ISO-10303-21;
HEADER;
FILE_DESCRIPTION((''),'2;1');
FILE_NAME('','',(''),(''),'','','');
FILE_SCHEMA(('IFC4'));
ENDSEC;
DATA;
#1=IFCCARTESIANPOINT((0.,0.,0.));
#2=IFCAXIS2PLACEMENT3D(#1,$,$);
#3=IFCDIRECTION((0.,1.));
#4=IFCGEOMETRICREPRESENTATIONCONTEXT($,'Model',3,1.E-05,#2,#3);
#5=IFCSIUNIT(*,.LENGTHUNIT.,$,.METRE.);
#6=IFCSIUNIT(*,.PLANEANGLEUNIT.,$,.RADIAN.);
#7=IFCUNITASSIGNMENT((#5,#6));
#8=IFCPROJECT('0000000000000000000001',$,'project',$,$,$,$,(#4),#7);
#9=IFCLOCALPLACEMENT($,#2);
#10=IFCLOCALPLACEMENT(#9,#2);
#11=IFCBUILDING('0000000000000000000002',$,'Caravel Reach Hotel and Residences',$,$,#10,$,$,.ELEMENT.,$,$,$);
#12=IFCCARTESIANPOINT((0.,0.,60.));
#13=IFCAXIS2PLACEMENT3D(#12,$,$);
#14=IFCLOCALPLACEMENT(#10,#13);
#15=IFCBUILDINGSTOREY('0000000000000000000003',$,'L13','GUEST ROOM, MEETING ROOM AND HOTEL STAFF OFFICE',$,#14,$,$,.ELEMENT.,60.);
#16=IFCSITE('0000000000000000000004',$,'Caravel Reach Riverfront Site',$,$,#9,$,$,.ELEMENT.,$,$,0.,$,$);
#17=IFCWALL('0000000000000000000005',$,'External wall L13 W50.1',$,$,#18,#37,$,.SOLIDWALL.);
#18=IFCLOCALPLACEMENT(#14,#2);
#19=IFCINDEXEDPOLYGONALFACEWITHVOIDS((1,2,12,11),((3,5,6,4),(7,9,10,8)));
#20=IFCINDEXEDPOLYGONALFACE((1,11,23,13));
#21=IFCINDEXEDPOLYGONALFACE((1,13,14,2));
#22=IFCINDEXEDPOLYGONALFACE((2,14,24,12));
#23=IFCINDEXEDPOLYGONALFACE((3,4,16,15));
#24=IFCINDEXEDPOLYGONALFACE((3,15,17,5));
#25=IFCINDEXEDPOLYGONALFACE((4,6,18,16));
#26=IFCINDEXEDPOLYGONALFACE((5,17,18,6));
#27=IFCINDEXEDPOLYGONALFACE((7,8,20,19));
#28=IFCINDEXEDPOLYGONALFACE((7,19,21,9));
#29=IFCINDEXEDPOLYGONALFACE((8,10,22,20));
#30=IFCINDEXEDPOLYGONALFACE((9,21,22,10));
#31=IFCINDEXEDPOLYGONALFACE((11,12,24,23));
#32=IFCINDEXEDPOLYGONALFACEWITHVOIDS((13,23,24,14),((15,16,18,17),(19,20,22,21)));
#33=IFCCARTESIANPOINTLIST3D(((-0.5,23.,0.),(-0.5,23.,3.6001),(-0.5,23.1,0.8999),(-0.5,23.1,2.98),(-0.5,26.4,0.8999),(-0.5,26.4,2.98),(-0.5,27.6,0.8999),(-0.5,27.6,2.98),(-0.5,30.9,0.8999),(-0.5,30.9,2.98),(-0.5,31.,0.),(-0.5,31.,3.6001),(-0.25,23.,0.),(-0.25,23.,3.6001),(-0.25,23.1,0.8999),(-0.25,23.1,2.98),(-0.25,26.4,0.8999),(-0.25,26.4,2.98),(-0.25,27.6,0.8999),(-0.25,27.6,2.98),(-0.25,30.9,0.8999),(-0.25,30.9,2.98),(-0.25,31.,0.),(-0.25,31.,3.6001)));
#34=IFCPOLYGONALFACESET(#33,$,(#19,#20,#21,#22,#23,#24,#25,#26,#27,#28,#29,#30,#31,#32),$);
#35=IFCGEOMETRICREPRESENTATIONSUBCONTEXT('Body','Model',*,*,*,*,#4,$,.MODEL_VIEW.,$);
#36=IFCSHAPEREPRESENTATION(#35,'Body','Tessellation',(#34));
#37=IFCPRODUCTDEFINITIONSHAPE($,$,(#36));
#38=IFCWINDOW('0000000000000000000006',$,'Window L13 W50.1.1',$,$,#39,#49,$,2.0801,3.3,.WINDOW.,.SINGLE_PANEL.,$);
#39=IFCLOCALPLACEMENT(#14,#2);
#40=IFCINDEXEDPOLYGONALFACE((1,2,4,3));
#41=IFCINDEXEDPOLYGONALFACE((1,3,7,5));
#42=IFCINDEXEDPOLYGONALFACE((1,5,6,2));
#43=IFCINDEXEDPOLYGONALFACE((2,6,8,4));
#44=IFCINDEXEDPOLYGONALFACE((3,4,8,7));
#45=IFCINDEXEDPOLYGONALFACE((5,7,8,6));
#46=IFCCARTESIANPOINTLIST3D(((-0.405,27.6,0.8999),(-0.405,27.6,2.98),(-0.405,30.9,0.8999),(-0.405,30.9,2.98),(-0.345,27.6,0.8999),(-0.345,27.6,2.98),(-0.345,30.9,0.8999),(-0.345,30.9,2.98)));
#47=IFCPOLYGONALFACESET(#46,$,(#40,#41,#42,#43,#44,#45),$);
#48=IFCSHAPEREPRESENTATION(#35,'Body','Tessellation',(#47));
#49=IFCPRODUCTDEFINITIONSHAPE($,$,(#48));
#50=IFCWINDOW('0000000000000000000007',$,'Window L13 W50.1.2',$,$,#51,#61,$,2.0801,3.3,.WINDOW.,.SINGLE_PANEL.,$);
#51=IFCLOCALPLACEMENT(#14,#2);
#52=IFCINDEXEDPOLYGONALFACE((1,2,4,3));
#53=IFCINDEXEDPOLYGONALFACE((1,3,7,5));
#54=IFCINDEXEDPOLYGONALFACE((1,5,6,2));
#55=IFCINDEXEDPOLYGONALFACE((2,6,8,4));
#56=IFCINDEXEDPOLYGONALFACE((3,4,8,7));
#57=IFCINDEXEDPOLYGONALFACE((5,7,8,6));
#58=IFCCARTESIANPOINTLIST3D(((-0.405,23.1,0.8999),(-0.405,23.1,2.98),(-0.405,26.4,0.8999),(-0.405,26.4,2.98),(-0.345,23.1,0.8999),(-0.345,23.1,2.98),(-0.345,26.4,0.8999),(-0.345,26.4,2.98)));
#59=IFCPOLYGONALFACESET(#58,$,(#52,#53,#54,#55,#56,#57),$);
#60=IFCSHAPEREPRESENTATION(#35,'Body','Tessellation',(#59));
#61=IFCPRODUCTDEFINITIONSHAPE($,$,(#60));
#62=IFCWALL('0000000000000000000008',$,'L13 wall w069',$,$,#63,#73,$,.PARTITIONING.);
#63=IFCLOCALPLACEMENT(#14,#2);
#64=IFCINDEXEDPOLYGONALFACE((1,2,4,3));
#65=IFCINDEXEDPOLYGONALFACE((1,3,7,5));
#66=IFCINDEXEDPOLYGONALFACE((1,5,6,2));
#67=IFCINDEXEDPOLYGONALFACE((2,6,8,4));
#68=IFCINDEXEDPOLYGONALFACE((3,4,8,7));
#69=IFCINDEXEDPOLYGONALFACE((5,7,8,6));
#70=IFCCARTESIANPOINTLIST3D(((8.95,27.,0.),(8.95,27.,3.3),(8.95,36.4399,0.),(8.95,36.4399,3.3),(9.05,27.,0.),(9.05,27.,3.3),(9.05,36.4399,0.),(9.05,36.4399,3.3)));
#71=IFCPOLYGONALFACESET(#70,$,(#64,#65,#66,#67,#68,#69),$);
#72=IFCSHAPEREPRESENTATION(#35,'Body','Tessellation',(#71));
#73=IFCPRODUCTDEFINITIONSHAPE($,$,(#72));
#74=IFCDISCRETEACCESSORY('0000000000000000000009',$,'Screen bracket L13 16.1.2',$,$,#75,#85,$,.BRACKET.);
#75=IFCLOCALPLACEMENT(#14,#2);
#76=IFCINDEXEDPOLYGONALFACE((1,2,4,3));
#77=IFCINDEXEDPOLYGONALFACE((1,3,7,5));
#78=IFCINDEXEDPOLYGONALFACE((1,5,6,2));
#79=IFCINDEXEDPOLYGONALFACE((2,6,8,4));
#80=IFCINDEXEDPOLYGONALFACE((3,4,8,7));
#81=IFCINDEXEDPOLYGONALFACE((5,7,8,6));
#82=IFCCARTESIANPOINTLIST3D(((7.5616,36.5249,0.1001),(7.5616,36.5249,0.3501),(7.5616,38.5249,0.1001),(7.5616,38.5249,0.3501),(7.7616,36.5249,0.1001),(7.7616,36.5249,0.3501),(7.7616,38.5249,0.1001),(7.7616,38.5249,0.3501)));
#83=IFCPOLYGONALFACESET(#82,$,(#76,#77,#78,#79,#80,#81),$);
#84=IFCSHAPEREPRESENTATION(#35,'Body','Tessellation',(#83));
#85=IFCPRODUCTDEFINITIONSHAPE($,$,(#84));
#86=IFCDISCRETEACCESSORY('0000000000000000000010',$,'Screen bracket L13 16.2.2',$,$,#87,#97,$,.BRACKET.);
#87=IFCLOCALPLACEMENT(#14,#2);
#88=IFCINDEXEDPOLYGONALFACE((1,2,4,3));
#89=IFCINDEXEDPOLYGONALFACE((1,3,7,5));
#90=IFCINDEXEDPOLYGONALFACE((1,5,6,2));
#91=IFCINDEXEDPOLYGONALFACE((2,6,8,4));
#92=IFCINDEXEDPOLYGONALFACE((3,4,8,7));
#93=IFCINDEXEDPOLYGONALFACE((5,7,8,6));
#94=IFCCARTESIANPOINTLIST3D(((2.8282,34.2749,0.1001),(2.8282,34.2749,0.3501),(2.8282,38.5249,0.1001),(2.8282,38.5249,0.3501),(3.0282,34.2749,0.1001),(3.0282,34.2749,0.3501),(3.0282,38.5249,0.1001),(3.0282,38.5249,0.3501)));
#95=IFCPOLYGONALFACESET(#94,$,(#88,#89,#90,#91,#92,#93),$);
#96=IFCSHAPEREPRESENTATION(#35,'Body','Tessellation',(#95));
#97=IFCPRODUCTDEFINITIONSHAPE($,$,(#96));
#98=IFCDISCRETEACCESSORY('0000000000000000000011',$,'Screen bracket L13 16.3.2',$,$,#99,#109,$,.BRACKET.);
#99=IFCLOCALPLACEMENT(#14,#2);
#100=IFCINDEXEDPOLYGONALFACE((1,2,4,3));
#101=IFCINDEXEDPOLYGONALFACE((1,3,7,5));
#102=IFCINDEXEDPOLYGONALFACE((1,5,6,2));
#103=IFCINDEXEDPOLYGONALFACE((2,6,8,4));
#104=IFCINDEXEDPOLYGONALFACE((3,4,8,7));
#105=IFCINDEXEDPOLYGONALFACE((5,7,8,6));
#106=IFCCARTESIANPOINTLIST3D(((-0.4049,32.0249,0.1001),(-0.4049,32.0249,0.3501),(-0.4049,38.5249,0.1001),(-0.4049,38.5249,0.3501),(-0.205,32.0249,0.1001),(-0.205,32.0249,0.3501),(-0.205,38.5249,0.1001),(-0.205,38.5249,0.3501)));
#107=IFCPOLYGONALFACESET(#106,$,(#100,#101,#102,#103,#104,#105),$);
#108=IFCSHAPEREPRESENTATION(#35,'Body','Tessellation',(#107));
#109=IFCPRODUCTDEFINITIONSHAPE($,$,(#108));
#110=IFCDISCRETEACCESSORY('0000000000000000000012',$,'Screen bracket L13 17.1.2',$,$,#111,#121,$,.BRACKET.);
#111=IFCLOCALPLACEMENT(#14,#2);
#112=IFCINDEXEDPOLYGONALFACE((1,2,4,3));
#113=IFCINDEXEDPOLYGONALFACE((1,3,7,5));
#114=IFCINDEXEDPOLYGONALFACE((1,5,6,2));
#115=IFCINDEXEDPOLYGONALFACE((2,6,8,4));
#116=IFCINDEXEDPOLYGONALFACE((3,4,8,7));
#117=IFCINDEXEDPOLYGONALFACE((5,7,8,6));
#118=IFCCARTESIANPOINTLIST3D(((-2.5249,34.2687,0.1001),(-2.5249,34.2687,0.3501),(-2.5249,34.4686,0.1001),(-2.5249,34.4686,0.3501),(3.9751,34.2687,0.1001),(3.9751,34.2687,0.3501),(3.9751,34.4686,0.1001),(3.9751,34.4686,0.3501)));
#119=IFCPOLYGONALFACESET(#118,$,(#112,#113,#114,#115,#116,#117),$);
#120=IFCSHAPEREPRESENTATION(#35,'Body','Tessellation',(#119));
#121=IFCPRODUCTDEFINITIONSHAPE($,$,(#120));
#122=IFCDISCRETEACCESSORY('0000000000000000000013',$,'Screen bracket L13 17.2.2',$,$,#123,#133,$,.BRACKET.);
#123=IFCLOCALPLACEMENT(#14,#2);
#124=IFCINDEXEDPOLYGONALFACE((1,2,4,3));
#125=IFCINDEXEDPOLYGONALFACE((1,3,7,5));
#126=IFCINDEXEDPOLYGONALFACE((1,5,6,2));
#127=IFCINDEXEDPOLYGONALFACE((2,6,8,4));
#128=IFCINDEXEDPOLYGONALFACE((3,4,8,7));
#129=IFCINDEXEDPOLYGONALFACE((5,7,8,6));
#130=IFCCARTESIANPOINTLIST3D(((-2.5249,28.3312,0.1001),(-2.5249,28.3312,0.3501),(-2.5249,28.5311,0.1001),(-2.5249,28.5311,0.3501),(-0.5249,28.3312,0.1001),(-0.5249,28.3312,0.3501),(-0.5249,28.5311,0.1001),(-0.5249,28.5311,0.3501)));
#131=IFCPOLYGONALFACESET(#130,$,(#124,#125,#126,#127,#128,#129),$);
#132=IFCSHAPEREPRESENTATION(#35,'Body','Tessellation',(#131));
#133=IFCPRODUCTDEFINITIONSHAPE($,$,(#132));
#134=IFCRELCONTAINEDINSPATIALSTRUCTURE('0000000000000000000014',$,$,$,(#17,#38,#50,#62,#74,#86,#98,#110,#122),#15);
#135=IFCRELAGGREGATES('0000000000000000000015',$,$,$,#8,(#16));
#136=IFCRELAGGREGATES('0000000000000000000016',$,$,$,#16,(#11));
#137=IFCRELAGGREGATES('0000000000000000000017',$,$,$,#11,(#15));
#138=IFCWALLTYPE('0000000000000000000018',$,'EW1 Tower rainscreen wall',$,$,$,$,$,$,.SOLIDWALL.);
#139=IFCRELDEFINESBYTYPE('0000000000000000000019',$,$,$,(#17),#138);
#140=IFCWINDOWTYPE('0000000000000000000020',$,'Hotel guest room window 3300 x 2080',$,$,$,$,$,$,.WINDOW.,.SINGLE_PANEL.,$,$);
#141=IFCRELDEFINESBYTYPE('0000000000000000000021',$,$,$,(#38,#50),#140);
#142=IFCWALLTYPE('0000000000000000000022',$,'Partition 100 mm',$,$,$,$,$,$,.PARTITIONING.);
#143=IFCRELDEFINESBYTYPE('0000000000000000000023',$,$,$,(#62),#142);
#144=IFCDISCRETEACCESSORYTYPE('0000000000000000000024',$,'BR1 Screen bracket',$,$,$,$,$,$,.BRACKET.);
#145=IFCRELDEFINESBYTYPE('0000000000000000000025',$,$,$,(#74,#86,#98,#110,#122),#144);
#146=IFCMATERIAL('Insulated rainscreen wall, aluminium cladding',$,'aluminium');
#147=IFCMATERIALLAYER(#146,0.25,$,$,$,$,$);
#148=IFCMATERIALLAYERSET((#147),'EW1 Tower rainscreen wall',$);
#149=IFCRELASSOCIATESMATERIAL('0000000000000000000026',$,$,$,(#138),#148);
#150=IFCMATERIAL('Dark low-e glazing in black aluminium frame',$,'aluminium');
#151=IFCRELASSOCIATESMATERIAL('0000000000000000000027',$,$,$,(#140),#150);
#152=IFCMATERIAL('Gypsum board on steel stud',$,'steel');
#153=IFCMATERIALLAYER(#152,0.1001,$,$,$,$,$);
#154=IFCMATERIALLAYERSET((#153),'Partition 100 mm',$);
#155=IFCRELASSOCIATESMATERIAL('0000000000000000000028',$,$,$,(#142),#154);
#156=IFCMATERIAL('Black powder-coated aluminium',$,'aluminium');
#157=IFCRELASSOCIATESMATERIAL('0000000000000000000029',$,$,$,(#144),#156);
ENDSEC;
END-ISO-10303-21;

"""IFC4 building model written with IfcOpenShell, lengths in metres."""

from ifc_helpers import new_model, si_unit, direction, frame, frame_2d, origin, origin_2d, place, context, subcontext, project, spatial, rectangle, extrude, material, layer, layer_set, type_object, element, fill, save


model = new_model("IFC4")

# Units and contexts
model_context = context("Model", 3, precision=1e-05, world=origin(), true_north=direction((0.0, 1.0)))
body_context = subcontext(model_context, "Body", "Model", "MODEL_VIEW")
ifc_project = project(units=[si_unit("LENGTHUNIT", "METRE"), si_unit("PLANEANGLEUNIT", "RADIAN")], contexts=[model_context])

# Site, building, storey
site_placement = place(None, origin())
site = spatial("IfcSite", under=ifc_project, at=site_placement, Name="Caravel Reach Riverfront Site", CompositionType="ELEMENT", RefElevation=0.0)
building_placement = place(site_placement, origin())
building = spatial("IfcBuilding", under=site, at=building_placement, Name="Caravel Reach Hotel and Residences", CompositionType="ELEMENT")
storey_placement = place(building_placement, frame((0.0, 0.0, 60.0)))
storey = spatial("IfcBuildingStorey", under=building, at=storey_placement, Name="L13", Description="GUEST ROOM, MEETING ROOM AND HOTEL STAFF OFFICE", CompositionType="ELEMENT", Elevation=60.0)

# Shared definitions
ifc_material_1 = material(Name="Insulated rainscreen wall, aluminium cladding", Category="aluminium")
ifc_layer_1 = layer(ifc_material_1, 0.25)
ifc_layer_set_1 = layer_set([ifc_layer_1], Name="EW1 Tower rainscreen wall")
wall_type_1 = type_object("IfcWallType", Name="EW1 Tower rainscreen wall", PredefinedType="SOLIDWALL", material=ifc_layer_set_1)

# Wall, openings, windows
wall_1_placement = place(storey_placement, frame((-0.375, 31.0, 0.0), z_axis=(0.0, 0.0, 1.0), x_axis=(0.0, -1.0, 0.0)))
wall_1 = element("IfcWall", 1, at=wall_1_placement, inside=storey, type_object=wall_type_1, Name="External wall L13 W50.1", PredefinedType="SOLIDWALL", context=body_context, shape_type="SweptSolid", body=[
    extrude(rectangle(XDim=8.0, YDim=0.25, at=frame_2d((4.0, 0.0))), origin(), (0.0, 0.0, 1.0), 3.6001),
])
opening_1_placement = place(wall_1_placement, frame((0.1001, 0.0, 0.8999)))
opening_1 = element("IfcOpeningElement", 2, at=opening_1_placement, cuts=wall_1, PredefinedType="OPENING", context=body_context, shape_type="SweptSolid", body=[
    extrude(rectangle(XDim=3.3, YDim=2.0801, at=frame_2d((1.6499, 1.04))), frame((0.0, 0.135, 0.0), z_axis=(0.0, -1.0, 0.0), x_axis=(1.0, 0.0, 0.0)), (0.0, 0.0, 1.0), 0.27),
])
opening_2_placement = place(wall_1_placement, frame((4.6001, 0.0, 0.8999)))
opening_2 = element("IfcOpeningElement", 3, at=opening_2_placement, cuts=wall_1, PredefinedType="OPENING", context=body_context, shape_type="SweptSolid", body=[
    extrude(rectangle(XDim=3.3, YDim=2.0801, at=frame_2d((1.6499, 1.04))), frame((0.0, 0.135, 0.0), z_axis=(0.0, -1.0, 0.0), x_axis=(1.0, 0.0, 0.0)), (0.0, 0.0, 1.0), 0.27),
])
ifc_material_2 = material(Name="Dark low-e glazing in black aluminium frame", Category="aluminium")
window_type_1 = type_object("IfcWindowType", Name="Hotel guest room window 3300 x 2080", PartitioningType="SINGLE_PANEL", PredefinedType="WINDOW", material=ifc_material_2)
window_1_placement = place(opening_1_placement, origin())
window_1 = element("IfcWindow", 4, at=window_1_placement, inside=storey, type_object=window_type_1, Name="Window L13 W50.1.1", OverallHeight=2.0801, OverallWidth=3.3, PartitioningType="SINGLE_PANEL", PredefinedType="WINDOW", context=body_context, shape_type="SweptSolid", body=[
    extrude(rectangle(XDim=3.3, YDim=2.0801, at=frame_2d((1.6499, 1.04))), frame((0.0, 0.03, 0.0), z_axis=(0.0, -1.0, 0.0), x_axis=(1.0, 0.0, 0.0)), (0.0, 0.0, 1.0), 0.0601),
])
fill(opening_1, window_1)
window_2_placement = place(opening_2_placement, origin())
window_2 = element("IfcWindow", 5, at=window_2_placement, inside=storey, type_object=window_type_1, Name="Window L13 W50.1.2", OverallHeight=2.0801, OverallWidth=3.3, PartitioningType="SINGLE_PANEL", PredefinedType="WINDOW", context=body_context, shape_type="SweptSolid", body=[
    extrude(rectangle(XDim=3.3, YDim=2.0801, at=frame_2d((1.6499, 1.04))), frame((0.0, 0.03, 0.0), z_axis=(0.0, -1.0, 0.0), x_axis=(1.0, 0.0, 0.0)), (0.0, 0.0, 1.0), 0.0601),
])
fill(opening_2, window_2)

# Wall
ifc_material_3 = material(Name="Gypsum board on steel stud", Category="steel")
ifc_layer_2 = layer(ifc_material_3, 0.1001)
ifc_layer_set_2 = layer_set([ifc_layer_2], Name="Partition 100 mm")
wall_type_2 = type_object("IfcWallType", Name="Partition 100 mm", PredefinedType="PARTITIONING", material=ifc_layer_set_2)
wall_2_placement = place(storey_placement, frame((9.0, 27.0, 0.0), z_axis=(0.0, 0.0, 1.0), x_axis=(0.0, 1.0, 0.0)))
element("IfcWall", 6, at=wall_2_placement, inside=storey, type_object=wall_type_2, Name="L13 wall w069", PredefinedType="PARTITIONING", context=body_context, shape_type="SweptSolid", body=[
    extrude(rectangle(XDim=9.4399, YDim=0.1001, at=frame_2d((4.72, 0.0))), origin(), (0.0, 0.0, 1.0), 3.3),
])

# Discrete accessories
ifc_material_4 = material(Name="Black powder-coated aluminium", Category="aluminium")
discrete_accessory_type = type_object("IfcDiscreteAccessoryType", Name="BR1 Screen bracket", PredefinedType="BRACKET", material=ifc_material_4)
discrete_accessory_1_placement = place(storey_placement, frame((7.6616, 37.5249, 0.1001), z_axis=(0.0, 0.0, 1.0), x_axis=(0.0, 1.0, 0.0)))
element("IfcDiscreteAccessory", 7, at=discrete_accessory_1_placement, inside=storey, type_object=discrete_accessory_type, Name="Screen bracket L13 16.1.2", PredefinedType="BRACKET", context=body_context, shape_type="SweptSolid", body=[
    extrude(rectangle(XDim=2.0, YDim=0.2, at=origin_2d()), origin(), (0.0, 0.0, 1.0), 0.25),
])
discrete_accessory_2_placement = place(storey_placement, frame((2.9282, 36.3999, 0.1001), z_axis=(0.0, 0.0, 1.0), x_axis=(0.0, 1.0, 0.0)))
element("IfcDiscreteAccessory", 8, at=discrete_accessory_2_placement, inside=storey, type_object=discrete_accessory_type, Name="Screen bracket L13 16.2.2", PredefinedType="BRACKET", context=body_context, shape_type="SweptSolid", body=[
    extrude(rectangle(XDim=4.25, YDim=0.2, at=origin_2d()), origin(), (0.0, 0.0, 1.0), 0.25),
])
for number, where, z_axis, x_axis, name in (
    (9, (-0.3049, 35.2749, 0.1001), (0.0, 0.0, 1.0), (0.0, 1.0, 0.0), "Screen bracket L13 16.3.2"),
    (10, (0.7251, 34.3687, 0.1001), (0.0, 0.0, 1.0), (-1.0, 0.0, 0.0), "Screen bracket L13 17.1.2"),
):
    element("IfcDiscreteAccessory", number, at=place(storey_placement, frame(where, z_axis=z_axis, x_axis=x_axis)), inside=storey, type_object=discrete_accessory_type, Name=name, PredefinedType="BRACKET", context=body_context, shape_type="SweptSolid", body=[
        extrude(rectangle(XDim=6.5, YDim=0.2, at=origin_2d()), origin(), (0.0, 0.0, 1.0), 0.25),
    ])
discrete_accessory_3_placement = place(storey_placement, frame((-1.5249, 28.4312, 0.1001), z_axis=(0.0, 0.0, 1.0), x_axis=(-1.0, 0.0, 0.0)))
element("IfcDiscreteAccessory", 11, at=discrete_accessory_3_placement, inside=storey, type_object=discrete_accessory_type, Name="Screen bracket L13 17.2.2", PredefinedType="BRACKET", context=body_context, shape_type="SweptSolid", body=[
    extrude(rectangle(XDim=2.0, YDim=0.2, at=origin_2d()), origin(), (0.0, 0.0, 1.0), 0.25),
])

save(model, "model.ifc")
